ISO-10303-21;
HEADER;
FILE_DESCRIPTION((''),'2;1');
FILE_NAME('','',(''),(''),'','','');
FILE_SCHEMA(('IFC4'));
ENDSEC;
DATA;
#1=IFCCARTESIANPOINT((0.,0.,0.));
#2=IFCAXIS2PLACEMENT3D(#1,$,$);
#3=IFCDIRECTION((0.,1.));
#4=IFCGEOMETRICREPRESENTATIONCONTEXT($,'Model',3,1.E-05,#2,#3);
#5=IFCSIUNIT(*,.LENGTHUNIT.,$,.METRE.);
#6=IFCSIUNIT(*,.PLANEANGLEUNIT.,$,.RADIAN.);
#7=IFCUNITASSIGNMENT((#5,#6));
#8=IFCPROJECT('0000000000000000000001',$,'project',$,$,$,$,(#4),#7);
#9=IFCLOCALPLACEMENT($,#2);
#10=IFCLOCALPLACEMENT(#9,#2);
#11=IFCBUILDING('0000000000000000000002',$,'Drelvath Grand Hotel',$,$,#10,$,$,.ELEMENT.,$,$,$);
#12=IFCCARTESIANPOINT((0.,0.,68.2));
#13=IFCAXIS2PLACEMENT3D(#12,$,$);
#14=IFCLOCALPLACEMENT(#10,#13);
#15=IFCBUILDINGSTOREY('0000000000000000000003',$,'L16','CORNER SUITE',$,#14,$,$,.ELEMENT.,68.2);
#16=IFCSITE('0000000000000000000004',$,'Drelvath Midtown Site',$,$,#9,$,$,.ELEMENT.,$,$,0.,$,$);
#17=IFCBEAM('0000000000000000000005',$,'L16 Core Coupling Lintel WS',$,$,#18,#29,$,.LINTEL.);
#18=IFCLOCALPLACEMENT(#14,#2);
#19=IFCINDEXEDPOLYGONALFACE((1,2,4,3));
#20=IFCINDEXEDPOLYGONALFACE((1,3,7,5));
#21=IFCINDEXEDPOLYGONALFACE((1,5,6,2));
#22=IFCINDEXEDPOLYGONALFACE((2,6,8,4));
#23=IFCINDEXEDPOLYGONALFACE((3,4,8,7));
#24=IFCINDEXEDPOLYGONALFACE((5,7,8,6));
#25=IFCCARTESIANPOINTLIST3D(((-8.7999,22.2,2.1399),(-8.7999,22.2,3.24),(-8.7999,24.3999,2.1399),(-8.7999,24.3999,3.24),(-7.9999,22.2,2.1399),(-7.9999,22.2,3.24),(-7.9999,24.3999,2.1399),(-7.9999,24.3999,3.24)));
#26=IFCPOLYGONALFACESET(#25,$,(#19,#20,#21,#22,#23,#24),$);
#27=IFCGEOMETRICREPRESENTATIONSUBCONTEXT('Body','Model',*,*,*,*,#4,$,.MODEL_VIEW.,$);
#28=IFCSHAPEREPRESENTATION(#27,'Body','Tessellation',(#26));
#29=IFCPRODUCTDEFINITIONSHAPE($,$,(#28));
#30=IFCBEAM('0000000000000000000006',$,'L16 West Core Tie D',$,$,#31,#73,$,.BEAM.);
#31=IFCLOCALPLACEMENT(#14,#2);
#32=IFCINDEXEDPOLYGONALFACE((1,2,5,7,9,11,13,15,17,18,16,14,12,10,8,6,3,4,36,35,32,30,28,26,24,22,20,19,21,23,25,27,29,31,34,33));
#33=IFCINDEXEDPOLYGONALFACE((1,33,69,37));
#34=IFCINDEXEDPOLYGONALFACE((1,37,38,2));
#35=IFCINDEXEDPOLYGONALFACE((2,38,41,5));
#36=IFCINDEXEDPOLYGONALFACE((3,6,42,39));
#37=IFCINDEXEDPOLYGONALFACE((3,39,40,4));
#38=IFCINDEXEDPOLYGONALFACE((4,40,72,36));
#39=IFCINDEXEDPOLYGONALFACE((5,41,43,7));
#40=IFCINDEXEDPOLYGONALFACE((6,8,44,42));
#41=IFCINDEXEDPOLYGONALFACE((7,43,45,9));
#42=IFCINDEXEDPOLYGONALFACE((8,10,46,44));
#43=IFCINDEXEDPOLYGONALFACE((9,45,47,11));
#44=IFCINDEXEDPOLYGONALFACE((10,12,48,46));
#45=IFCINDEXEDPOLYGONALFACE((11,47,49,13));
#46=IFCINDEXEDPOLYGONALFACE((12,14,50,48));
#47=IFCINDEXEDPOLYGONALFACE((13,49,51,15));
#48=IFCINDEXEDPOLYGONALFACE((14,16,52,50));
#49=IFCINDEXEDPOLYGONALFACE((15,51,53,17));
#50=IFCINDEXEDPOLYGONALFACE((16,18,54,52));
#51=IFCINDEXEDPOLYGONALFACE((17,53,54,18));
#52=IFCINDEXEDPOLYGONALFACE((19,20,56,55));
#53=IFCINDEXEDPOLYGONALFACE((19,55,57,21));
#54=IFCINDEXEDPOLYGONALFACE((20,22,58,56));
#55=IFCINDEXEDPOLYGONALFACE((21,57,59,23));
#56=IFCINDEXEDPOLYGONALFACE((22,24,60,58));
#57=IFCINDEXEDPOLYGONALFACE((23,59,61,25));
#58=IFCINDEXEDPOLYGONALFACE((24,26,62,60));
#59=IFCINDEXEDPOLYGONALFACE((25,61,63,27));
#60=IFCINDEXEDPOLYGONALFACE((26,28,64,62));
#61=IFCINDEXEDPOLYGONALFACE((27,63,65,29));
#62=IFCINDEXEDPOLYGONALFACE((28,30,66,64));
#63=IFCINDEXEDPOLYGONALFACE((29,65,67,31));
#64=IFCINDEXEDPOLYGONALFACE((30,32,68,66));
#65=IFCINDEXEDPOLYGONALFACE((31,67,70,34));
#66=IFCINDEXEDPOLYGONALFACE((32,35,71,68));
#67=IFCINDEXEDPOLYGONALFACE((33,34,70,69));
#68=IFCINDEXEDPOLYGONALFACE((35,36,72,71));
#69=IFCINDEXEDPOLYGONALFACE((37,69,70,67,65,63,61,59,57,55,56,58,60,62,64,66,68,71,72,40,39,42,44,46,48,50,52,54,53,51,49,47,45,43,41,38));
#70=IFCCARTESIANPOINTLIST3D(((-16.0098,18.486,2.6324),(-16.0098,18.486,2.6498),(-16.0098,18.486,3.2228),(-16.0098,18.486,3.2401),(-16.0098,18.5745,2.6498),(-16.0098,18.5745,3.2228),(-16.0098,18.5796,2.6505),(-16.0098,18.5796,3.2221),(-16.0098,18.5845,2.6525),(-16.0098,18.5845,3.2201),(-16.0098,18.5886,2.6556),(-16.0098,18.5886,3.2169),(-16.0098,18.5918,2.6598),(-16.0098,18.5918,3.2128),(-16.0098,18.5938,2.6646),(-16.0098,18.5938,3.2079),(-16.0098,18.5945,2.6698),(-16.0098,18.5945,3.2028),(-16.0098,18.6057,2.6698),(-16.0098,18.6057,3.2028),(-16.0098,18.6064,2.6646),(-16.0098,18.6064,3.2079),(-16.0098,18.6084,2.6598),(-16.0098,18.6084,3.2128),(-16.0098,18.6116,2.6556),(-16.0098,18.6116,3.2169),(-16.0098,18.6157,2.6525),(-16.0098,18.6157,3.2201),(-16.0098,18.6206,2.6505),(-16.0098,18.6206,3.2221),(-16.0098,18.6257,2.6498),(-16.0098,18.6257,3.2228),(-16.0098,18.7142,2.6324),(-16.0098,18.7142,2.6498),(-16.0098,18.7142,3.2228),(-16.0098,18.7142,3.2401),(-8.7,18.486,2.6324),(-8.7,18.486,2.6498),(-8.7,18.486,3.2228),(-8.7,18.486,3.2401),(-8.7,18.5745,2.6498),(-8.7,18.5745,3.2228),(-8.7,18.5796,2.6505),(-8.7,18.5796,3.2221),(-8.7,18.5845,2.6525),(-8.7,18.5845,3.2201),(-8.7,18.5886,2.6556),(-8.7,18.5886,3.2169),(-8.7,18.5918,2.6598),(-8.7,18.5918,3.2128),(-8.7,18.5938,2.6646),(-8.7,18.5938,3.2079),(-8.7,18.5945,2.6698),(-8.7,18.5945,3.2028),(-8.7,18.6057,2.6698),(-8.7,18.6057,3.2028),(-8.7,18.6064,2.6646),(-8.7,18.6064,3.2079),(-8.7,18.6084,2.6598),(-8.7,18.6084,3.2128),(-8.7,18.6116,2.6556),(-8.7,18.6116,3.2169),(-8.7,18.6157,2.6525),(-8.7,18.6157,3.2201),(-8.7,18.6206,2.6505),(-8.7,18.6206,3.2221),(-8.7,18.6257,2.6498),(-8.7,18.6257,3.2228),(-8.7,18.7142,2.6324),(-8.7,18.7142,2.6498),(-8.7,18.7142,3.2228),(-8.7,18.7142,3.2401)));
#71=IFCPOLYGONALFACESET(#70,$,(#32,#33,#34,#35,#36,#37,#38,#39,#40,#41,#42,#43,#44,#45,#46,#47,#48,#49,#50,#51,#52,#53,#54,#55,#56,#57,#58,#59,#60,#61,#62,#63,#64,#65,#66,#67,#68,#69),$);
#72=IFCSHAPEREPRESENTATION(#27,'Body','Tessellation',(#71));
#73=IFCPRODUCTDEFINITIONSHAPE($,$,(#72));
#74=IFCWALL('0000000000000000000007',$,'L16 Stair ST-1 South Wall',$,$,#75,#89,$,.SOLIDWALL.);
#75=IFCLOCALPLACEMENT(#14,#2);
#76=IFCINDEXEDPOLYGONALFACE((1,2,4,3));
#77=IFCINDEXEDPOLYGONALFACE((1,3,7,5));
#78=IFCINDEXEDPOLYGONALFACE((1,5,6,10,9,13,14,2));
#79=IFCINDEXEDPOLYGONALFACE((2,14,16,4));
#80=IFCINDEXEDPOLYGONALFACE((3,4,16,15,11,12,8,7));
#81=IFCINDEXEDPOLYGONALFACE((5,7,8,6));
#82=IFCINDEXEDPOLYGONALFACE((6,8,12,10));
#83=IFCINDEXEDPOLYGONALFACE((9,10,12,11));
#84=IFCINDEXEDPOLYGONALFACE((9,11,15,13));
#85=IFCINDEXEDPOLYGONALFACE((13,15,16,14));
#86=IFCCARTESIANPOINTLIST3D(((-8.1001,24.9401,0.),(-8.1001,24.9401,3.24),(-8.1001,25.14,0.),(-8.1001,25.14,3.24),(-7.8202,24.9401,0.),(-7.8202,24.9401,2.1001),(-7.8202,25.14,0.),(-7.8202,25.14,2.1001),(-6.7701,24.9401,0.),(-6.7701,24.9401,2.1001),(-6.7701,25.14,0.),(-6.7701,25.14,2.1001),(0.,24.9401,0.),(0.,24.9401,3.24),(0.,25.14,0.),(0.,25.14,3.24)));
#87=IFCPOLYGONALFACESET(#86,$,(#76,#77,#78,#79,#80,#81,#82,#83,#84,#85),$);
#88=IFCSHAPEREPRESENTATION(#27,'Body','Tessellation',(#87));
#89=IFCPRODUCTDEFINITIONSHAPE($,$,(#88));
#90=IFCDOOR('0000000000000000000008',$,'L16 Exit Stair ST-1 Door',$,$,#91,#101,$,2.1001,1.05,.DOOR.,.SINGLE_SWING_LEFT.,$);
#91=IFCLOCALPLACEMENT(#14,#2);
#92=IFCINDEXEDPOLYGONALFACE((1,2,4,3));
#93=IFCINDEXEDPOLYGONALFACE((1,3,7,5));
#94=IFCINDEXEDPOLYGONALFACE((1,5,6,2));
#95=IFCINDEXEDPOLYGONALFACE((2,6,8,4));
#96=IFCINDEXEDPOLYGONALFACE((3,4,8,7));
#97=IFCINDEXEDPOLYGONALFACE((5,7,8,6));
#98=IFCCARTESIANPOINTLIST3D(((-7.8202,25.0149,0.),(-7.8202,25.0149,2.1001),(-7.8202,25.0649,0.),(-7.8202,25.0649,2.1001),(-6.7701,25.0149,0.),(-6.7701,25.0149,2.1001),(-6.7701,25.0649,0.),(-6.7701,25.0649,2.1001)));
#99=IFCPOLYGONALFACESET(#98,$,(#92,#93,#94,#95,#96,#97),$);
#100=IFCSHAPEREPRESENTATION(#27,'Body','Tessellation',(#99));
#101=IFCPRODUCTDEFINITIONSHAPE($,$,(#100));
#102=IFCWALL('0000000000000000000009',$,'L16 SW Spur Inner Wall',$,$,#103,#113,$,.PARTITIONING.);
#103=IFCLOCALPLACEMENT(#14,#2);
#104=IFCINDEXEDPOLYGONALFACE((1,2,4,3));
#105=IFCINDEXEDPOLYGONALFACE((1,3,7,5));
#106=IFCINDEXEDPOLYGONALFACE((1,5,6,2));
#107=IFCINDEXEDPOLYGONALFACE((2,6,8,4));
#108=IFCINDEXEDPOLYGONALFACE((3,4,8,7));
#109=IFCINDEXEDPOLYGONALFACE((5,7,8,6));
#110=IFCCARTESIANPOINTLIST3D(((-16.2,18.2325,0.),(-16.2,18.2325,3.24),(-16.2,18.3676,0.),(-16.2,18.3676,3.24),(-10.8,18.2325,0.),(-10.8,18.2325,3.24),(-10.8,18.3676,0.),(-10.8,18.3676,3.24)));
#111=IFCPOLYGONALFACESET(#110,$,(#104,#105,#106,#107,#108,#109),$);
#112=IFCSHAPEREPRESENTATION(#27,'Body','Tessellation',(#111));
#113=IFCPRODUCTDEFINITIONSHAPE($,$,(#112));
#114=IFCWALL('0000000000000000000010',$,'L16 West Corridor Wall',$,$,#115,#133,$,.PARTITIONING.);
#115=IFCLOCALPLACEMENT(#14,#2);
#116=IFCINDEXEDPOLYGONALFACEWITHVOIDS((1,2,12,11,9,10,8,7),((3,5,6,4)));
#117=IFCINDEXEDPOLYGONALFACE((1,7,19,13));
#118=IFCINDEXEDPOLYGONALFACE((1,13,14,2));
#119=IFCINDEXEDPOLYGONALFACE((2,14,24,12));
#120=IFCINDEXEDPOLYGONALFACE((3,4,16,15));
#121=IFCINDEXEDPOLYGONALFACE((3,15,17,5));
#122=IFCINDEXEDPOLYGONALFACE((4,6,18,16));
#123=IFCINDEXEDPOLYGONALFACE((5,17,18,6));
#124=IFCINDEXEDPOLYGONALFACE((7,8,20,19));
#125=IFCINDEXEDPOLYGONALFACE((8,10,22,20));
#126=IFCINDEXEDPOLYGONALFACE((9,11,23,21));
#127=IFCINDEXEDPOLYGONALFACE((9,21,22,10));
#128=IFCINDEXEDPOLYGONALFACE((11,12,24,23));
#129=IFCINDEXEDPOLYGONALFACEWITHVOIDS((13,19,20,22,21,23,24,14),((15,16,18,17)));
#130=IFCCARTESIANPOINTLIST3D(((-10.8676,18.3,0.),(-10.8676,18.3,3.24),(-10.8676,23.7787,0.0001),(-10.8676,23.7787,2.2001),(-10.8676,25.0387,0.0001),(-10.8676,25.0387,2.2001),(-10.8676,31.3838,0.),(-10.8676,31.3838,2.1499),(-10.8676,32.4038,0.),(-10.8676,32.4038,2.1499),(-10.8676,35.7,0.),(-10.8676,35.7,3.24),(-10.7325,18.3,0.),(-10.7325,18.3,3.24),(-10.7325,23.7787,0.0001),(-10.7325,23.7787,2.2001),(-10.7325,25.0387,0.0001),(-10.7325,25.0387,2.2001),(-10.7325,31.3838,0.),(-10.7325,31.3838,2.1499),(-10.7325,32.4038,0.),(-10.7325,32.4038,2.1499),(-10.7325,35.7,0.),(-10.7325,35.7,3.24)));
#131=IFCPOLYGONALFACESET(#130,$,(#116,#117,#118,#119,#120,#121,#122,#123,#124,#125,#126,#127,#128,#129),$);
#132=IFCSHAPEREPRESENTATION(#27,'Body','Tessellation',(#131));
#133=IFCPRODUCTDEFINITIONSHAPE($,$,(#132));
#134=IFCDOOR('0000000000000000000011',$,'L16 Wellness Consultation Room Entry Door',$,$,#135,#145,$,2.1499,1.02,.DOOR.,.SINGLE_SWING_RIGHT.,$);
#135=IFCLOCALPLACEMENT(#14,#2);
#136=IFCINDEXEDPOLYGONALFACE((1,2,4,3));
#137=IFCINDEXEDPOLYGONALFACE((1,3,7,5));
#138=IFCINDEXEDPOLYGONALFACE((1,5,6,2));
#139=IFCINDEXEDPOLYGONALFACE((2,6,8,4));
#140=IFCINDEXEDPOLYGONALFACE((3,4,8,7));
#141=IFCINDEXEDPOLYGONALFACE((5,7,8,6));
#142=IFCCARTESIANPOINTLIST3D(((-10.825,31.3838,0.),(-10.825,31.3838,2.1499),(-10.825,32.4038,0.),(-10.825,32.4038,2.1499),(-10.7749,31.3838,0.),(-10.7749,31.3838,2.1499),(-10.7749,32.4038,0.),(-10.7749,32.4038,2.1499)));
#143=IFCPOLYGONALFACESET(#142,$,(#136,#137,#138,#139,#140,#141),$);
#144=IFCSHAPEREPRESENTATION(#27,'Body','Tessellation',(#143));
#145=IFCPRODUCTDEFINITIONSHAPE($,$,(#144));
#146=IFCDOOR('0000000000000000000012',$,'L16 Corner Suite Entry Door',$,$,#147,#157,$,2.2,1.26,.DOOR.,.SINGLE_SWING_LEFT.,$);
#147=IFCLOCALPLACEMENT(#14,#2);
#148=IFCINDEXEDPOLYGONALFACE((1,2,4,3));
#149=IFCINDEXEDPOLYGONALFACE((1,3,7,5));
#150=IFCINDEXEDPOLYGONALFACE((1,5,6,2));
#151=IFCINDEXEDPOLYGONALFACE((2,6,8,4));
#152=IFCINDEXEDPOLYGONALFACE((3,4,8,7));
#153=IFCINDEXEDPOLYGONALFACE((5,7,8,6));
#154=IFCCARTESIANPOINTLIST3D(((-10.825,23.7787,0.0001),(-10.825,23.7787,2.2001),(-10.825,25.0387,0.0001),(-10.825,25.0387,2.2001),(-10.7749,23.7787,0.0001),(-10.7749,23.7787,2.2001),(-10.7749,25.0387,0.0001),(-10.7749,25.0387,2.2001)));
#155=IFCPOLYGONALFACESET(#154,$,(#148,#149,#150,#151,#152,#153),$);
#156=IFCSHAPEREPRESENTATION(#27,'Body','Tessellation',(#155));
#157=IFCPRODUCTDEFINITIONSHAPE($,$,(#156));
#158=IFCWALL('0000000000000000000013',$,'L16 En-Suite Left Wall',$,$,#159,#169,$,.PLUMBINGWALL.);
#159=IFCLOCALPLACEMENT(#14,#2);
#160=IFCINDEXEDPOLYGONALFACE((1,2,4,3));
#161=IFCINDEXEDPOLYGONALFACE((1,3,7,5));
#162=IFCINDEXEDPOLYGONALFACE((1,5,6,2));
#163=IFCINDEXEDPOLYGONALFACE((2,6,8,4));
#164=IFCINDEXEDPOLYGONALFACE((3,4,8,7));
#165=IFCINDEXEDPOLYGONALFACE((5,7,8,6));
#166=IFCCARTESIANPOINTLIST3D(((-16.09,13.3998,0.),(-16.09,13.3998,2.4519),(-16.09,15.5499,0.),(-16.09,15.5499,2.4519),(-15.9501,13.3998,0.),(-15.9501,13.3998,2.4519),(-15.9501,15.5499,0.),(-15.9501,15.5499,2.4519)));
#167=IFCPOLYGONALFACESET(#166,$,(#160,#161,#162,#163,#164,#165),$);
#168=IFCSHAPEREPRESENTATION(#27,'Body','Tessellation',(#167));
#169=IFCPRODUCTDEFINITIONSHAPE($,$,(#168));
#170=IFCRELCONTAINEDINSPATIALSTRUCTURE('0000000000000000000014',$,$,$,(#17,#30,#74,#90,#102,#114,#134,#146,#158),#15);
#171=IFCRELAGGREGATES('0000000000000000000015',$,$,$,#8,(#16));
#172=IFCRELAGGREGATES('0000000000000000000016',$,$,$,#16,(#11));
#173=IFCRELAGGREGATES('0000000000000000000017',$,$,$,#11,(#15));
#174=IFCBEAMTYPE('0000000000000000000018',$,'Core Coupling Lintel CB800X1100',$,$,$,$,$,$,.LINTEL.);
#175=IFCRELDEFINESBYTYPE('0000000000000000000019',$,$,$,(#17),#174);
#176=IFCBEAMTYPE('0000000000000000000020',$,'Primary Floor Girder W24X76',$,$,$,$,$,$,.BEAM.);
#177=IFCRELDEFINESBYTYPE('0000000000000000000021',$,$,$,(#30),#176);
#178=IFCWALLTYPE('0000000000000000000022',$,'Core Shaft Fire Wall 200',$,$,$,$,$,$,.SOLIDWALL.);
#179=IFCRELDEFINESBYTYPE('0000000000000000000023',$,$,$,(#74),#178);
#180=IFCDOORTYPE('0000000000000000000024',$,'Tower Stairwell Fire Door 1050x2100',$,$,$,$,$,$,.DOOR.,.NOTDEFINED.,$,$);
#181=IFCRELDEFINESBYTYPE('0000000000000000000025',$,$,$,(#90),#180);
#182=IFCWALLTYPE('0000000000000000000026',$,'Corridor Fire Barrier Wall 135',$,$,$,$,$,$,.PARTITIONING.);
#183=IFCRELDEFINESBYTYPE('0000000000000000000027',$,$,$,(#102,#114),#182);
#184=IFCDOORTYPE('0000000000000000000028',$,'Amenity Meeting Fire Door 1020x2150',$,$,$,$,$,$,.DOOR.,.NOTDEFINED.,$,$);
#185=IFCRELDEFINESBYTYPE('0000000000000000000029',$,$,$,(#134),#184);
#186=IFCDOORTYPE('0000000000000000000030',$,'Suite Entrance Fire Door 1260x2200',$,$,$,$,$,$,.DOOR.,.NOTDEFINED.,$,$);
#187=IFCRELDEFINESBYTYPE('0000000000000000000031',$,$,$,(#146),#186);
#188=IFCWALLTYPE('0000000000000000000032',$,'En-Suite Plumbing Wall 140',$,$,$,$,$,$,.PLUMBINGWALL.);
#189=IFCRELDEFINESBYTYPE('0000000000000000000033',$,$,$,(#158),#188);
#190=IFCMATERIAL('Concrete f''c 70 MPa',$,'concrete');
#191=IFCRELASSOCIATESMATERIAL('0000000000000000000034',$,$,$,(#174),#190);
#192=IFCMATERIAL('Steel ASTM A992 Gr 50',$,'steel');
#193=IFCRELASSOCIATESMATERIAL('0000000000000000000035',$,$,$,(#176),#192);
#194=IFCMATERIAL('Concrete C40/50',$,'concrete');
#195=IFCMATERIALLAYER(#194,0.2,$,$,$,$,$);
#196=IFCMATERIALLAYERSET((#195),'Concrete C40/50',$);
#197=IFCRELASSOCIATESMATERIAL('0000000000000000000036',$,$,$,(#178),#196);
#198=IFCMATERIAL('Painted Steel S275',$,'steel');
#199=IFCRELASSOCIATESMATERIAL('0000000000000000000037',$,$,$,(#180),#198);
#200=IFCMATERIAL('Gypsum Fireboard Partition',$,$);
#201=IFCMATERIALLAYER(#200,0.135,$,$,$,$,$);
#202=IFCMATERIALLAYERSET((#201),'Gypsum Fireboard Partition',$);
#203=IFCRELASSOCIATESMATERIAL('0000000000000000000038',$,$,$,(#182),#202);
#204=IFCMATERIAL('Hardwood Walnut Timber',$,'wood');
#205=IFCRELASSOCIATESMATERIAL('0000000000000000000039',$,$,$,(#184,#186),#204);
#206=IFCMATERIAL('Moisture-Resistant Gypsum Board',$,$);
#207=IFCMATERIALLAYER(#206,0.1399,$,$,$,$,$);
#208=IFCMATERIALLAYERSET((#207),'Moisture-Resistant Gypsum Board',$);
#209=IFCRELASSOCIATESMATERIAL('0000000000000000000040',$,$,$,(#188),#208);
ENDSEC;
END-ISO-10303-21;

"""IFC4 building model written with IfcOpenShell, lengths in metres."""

from ifc_helpers import new_model, si_unit, direction, frame, frame_2d, origin, origin_2d, place, context, subcontext, project, spatial, rectangle, i_section, extrude, material, layer, layer_set, material_profile, profile_set, type_object, element, fill, save


model = new_model("IFC4")

# Units and contexts
model_context = context("Model", 3, precision=1e-05, world=origin(), true_north=direction((0.0, 1.0)))
body_context = subcontext(model_context, "Body", "Model", "MODEL_VIEW")
ifc_project = project(units=[si_unit("LENGTHUNIT", "METRE"), si_unit("PLANEANGLEUNIT", "RADIAN")], contexts=[model_context])

# Site, building, storey
site_placement = place(None, origin())
site = spatial("IfcSite", under=ifc_project, at=site_placement, Name="Drelvath Midtown Site", CompositionType="ELEMENT", RefElevation=0.0)
building_placement = place(site_placement, origin())
building = spatial("IfcBuilding", under=site, at=building_placement, Name="Drelvath Grand Hotel", CompositionType="ELEMENT")
storey_placement = place(building_placement, frame((0.0, 0.0, 68.2)))
storey = spatial("IfcBuildingStorey", under=building, at=storey_placement, Name="L16", Description="CORNER SUITE", CompositionType="ELEMENT", Elevation=68.2)

# Beams
ifc_material_1 = material(Name="Concrete f'c 70 MPa", Category="concrete")
ifc_material_profile_1 = material_profile(ifc_material_1, rectangle(XDim=0.8, YDim=1.1001, at=origin_2d()), Name="CB800X1100")
ifc_profile_set_1 = profile_set([ifc_material_profile_1], Name="Concrete f'c 70 MPa")
beam_type_1 = type_object("IfcBeamType", Name="Core Coupling Lintel CB800X1100", PredefinedType="LINTEL", material=ifc_profile_set_1)
beam_1_placement = place(storey_placement, frame((-8.3999, 22.2, 2.6899), z_axis=(0.0, 1.0, 0.0), x_axis=(-1.0, 0.0, 0.0)))
element("IfcBeam", 1, at=beam_1_placement, inside=storey, type_object=beam_type_1, Name="L16 Core Coupling Lintel WS", PredefinedType="LINTEL", context=body_context, shape_type="SweptSolid", body=[
    extrude(rectangle(XDim=0.8, YDim=1.1001, at=origin_2d()), origin(), (0.0, 0.0, 1.0), 2.2),
])
ifc_material_2 = material(Name="Steel ASTM A992 Gr 50", Category="steel")
ifc_material_profile_2 = material_profile(ifc_material_2, i_section(OverallWidth=0.2283, OverallDepth=0.6077, WebThickness=0.0112, FlangeThickness=0.0173, FilletRadius=0.02, at=origin_2d()), Name="W24X76")
ifc_profile_set_2 = profile_set([ifc_material_profile_2], Name="Steel ASTM A992 Gr 50")
beam_type_2 = type_object("IfcBeamType", Name="Primary Floor Girder W24X76", PredefinedType="BEAM", material=ifc_profile_set_2)
beam_2_placement = place(storey_placement, frame((-16.0098, 18.6001, 2.9363), z_axis=(1.0, 0.0, 0.0), x_axis=(0.0, 1.0, 0.0)))
element("IfcBeam", 2, at=beam_2_placement, inside=storey, type_object=beam_type_2, Name="L16 West Core Tie D", PredefinedType="BEAM", context=body_context, shape_type="SweptSolid", body=[
    extrude(i_section(OverallWidth=0.2283, OverallDepth=0.6077, WebThickness=0.0112, FlangeThickness=0.0173, FilletRadius=0.02, at=origin_2d()), origin(), (0.0, 0.0, 1.0), 7.3098),
])

# Wall, opening, door
ifc_material_3 = material(Name="Concrete C40/50", Category="concrete")
ifc_layer_1 = layer(ifc_material_3, 0.2)
ifc_layer_set_1 = layer_set([ifc_layer_1], Name="Concrete C40/50")
wall_type_1 = type_object("IfcWallType", Name="Core Shaft Fire Wall 200", PredefinedType="SOLIDWALL", material=ifc_layer_set_1)
wall_1_placement = place(storey_placement, frame((-8.1001, 25.04, 0.0), z_axis=(0.0, 0.0, 1.0), x_axis=(1.0, 0.0, 0.0)))
wall_1 = element("IfcWall", 3, at=wall_1_placement, inside=storey, type_object=wall_type_1, Name="L16 Stair ST-1 South Wall", PredefinedType="SOLIDWALL", context=body_context, shape_type="SweptSolid", body=[
    extrude(rectangle(XDim=8.1001, YDim=0.2, at=frame_2d((4.05, 0.0))), origin(), (0.0, 0.0, 1.0), 3.24),
])
opening_1_placement = place(wall_1_placement, frame((0.28, 0.0, 0.0)))
opening_1 = element("IfcOpeningElement", 4, at=opening_1_placement, cuts=wall_1, PredefinedType="OPENING", context=body_context, shape_type="SweptSolid", body=[
    extrude(rectangle(XDim=1.05, YDim=2.1001, at=frame_2d((0.5249, 1.05))), frame((0.0, 0.1099, 0.0), z_axis=(0.0, -1.0, 0.0), x_axis=(1.0, 0.0, 0.0)), (0.0, 0.0, 1.0), 0.22),
])
ifc_material_4 = material(Name="Painted Steel S275", Category="steel")
door_type_1 = type_object("IfcDoorType", Name="Tower Stairwell Fire Door 1050x2100", OperationType="NOTDEFINED", PredefinedType="DOOR", material=ifc_material_4)
door_1_placement = place(opening_1_placement, origin())
door_1 = element("IfcDoor", 5, at=door_1_placement, inside=storey, type_object=door_type_1, Name="L16 Exit Stair ST-1 Door", OperationType="SINGLE_SWING_LEFT", OverallHeight=2.1001, OverallWidth=1.05, PredefinedType="DOOR", context=body_context, shape_type="SweptSolid", body=[
    extrude(rectangle(XDim=1.05, YDim=2.1001, at=frame_2d((0.5249, 1.05))), frame((0.0, 0.0249, 0.0), z_axis=(0.0, -1.0, 0.0), x_axis=(1.0, 0.0, 0.0)), (0.0, 0.0, 1.0), 0.05),
])
fill(opening_1, door_1)

# Wall
ifc_material_5 = material(Name="Gypsum Fireboard Partition")
ifc_layer_2 = layer(ifc_material_5, 0.135)
ifc_layer_set_2 = layer_set([ifc_layer_2], Name="Gypsum Fireboard Partition")
wall_type_2 = type_object("IfcWallType", Name="Corridor Fire Barrier Wall 135", PredefinedType="PARTITIONING", material=ifc_layer_set_2)
wall_2_placement = place(storey_placement, frame((-16.2, 18.3, 0.0), z_axis=(0.0, 0.0, 1.0), x_axis=(1.0, 0.0, 0.0)))
element("IfcWall", 6, at=wall_2_placement, inside=storey, type_object=wall_type_2, Name="L16 SW Spur Inner Wall", PredefinedType="PARTITIONING", context=body_context, shape_type="SweptSolid", body=[
    extrude(rectangle(XDim=5.3999, YDim=0.135, at=frame_2d((2.7, 0.0))), origin(), (0.0, 0.0, 1.0), 3.24),
])

# Wall, openings, doors
wall_3_placement = place(storey_placement, frame((-10.8, 18.3, 0.0), z_axis=(0.0, 0.0, 1.0), x_axis=(0.0, 1.0, 0.0)))
wall_3 = element("IfcWall", 7, at=wall_3_placement, inside=storey, type_object=wall_type_2, Name="L16 West Corridor Wall", PredefinedType="PARTITIONING", context=body_context, shape_type="SweptSolid", body=[
    extrude(rectangle(XDim=17.3999, YDim=0.135, at=frame_2d((8.7, 0.0))), origin(), (0.0, 0.0, 1.0), 3.24),
])
opening_2_placement = place(wall_3_placement, frame((5.4788, 0.0, 0.0)))
opening_2 = element("IfcOpeningElement", 8, at=opening_2_placement, cuts=wall_3, PredefinedType="OPENING", context=body_context, shape_type="SweptSolid", body=[
    extrude(rectangle(XDim=1.26, YDim=2.2, at=frame_2d((0.6299, 1.1001))), frame((0.0, 0.0774, 0.0), z_axis=(0.0, -1.0, 0.0), x_axis=(1.0, 0.0, 0.0)), (0.0, 0.0, 1.0), 0.155),
])
opening_3_placement = place(wall_3_placement, frame((13.0837, 0.0, 0.0)))
opening_3 = element("IfcOpeningElement", 9, at=opening_3_placement, cuts=wall_3, PredefinedType="OPENING", context=body_context, shape_type="SweptSolid", body=[
    extrude(rectangle(XDim=1.02, YDim=2.1499, at=frame_2d((0.51, 1.075))), frame((0.0, 0.0774, 0.0), z_axis=(0.0, -1.0, 0.0), x_axis=(1.0, 0.0, 0.0)), (0.0, 0.0, 1.0), 0.155),
])
ifc_material_6 = material(Name="Hardwood Walnut Timber", Category="wood")
door_type_2 = type_object("IfcDoorType", Name="Amenity Meeting Fire Door 1020x2150", OperationType="NOTDEFINED", PredefinedType="DOOR", material=ifc_material_6)
door_2_placement = place(opening_3_placement, origin())
door_2 = element("IfcDoor", 10, at=door_2_placement, inside=storey, type_object=door_type_2, Name="L16 Wellness Consultation Room Entry Door", OperationType="SINGLE_SWING_RIGHT", OverallHeight=2.1499, OverallWidth=1.02, PredefinedType="DOOR", context=body_context, shape_type="SweptSolid", body=[
    extrude(rectangle(XDim=1.02, YDim=2.1499, at=frame_2d((0.51, 1.075))), frame((0.0, 0.0249, 0.0), z_axis=(0.0, -1.0, 0.0), x_axis=(1.0, 0.0, 0.0)), (0.0, 0.0, 1.0), 0.05),
])
fill(opening_3, door_2)
door_type_3 = type_object("IfcDoorType", Name="Suite Entrance Fire Door 1260x2200", OperationType="NOTDEFINED", PredefinedType="DOOR", material=ifc_material_6)
door_3_placement = place(opening_2_placement, origin())
door_3 = element("IfcDoor", 11, at=door_3_placement, inside=storey, type_object=door_type_3, Name="L16 Corner Suite Entry Door", OperationType="SINGLE_SWING_LEFT", OverallHeight=2.2, OverallWidth=1.26, PredefinedType="DOOR", context=body_context, shape_type="SweptSolid", body=[
    extrude(rectangle(XDim=1.26, YDim=2.2, at=frame_2d((0.6299, 1.1001))), frame((0.0, 0.0249, 0.0), z_axis=(0.0, -1.0, 0.0), x_axis=(1.0, 0.0, 0.0)), (0.0, 0.0, 1.0), 0.05),
])
fill(opening_2, door_3)

# Wall
ifc_material_7 = material(Name="Moisture-Resistant Gypsum Board")
ifc_layer_3 = layer(ifc_material_7, 0.1399)
ifc_layer_set_3 = layer_set([ifc_layer_3], Name="Moisture-Resistant Gypsum Board")
wall_type_3 = type_object("IfcWallType", Name="En-Suite Plumbing Wall 140", PredefinedType="PLUMBINGWALL", material=ifc_layer_set_3)
wall_4_placement = place(storey_placement, frame((-16.02, 15.55, 0.0), z_axis=(0.0, 0.0, 1.0), x_axis=(0.0, -1.0, 0.0)))
element("IfcWall", 12, at=wall_4_placement, inside=storey, type_object=wall_type_3, Name="L16 En-Suite Left Wall", PredefinedType="PLUMBINGWALL", context=body_context, shape_type="SweptSolid", body=[
    extrude(rectangle(XDim=2.1501, YDim=0.1399, at=frame_2d((1.0752, 0.0))), origin(), (0.0, 0.0, 1.0), 2.4519),
])

save(model, "model.ifc")
